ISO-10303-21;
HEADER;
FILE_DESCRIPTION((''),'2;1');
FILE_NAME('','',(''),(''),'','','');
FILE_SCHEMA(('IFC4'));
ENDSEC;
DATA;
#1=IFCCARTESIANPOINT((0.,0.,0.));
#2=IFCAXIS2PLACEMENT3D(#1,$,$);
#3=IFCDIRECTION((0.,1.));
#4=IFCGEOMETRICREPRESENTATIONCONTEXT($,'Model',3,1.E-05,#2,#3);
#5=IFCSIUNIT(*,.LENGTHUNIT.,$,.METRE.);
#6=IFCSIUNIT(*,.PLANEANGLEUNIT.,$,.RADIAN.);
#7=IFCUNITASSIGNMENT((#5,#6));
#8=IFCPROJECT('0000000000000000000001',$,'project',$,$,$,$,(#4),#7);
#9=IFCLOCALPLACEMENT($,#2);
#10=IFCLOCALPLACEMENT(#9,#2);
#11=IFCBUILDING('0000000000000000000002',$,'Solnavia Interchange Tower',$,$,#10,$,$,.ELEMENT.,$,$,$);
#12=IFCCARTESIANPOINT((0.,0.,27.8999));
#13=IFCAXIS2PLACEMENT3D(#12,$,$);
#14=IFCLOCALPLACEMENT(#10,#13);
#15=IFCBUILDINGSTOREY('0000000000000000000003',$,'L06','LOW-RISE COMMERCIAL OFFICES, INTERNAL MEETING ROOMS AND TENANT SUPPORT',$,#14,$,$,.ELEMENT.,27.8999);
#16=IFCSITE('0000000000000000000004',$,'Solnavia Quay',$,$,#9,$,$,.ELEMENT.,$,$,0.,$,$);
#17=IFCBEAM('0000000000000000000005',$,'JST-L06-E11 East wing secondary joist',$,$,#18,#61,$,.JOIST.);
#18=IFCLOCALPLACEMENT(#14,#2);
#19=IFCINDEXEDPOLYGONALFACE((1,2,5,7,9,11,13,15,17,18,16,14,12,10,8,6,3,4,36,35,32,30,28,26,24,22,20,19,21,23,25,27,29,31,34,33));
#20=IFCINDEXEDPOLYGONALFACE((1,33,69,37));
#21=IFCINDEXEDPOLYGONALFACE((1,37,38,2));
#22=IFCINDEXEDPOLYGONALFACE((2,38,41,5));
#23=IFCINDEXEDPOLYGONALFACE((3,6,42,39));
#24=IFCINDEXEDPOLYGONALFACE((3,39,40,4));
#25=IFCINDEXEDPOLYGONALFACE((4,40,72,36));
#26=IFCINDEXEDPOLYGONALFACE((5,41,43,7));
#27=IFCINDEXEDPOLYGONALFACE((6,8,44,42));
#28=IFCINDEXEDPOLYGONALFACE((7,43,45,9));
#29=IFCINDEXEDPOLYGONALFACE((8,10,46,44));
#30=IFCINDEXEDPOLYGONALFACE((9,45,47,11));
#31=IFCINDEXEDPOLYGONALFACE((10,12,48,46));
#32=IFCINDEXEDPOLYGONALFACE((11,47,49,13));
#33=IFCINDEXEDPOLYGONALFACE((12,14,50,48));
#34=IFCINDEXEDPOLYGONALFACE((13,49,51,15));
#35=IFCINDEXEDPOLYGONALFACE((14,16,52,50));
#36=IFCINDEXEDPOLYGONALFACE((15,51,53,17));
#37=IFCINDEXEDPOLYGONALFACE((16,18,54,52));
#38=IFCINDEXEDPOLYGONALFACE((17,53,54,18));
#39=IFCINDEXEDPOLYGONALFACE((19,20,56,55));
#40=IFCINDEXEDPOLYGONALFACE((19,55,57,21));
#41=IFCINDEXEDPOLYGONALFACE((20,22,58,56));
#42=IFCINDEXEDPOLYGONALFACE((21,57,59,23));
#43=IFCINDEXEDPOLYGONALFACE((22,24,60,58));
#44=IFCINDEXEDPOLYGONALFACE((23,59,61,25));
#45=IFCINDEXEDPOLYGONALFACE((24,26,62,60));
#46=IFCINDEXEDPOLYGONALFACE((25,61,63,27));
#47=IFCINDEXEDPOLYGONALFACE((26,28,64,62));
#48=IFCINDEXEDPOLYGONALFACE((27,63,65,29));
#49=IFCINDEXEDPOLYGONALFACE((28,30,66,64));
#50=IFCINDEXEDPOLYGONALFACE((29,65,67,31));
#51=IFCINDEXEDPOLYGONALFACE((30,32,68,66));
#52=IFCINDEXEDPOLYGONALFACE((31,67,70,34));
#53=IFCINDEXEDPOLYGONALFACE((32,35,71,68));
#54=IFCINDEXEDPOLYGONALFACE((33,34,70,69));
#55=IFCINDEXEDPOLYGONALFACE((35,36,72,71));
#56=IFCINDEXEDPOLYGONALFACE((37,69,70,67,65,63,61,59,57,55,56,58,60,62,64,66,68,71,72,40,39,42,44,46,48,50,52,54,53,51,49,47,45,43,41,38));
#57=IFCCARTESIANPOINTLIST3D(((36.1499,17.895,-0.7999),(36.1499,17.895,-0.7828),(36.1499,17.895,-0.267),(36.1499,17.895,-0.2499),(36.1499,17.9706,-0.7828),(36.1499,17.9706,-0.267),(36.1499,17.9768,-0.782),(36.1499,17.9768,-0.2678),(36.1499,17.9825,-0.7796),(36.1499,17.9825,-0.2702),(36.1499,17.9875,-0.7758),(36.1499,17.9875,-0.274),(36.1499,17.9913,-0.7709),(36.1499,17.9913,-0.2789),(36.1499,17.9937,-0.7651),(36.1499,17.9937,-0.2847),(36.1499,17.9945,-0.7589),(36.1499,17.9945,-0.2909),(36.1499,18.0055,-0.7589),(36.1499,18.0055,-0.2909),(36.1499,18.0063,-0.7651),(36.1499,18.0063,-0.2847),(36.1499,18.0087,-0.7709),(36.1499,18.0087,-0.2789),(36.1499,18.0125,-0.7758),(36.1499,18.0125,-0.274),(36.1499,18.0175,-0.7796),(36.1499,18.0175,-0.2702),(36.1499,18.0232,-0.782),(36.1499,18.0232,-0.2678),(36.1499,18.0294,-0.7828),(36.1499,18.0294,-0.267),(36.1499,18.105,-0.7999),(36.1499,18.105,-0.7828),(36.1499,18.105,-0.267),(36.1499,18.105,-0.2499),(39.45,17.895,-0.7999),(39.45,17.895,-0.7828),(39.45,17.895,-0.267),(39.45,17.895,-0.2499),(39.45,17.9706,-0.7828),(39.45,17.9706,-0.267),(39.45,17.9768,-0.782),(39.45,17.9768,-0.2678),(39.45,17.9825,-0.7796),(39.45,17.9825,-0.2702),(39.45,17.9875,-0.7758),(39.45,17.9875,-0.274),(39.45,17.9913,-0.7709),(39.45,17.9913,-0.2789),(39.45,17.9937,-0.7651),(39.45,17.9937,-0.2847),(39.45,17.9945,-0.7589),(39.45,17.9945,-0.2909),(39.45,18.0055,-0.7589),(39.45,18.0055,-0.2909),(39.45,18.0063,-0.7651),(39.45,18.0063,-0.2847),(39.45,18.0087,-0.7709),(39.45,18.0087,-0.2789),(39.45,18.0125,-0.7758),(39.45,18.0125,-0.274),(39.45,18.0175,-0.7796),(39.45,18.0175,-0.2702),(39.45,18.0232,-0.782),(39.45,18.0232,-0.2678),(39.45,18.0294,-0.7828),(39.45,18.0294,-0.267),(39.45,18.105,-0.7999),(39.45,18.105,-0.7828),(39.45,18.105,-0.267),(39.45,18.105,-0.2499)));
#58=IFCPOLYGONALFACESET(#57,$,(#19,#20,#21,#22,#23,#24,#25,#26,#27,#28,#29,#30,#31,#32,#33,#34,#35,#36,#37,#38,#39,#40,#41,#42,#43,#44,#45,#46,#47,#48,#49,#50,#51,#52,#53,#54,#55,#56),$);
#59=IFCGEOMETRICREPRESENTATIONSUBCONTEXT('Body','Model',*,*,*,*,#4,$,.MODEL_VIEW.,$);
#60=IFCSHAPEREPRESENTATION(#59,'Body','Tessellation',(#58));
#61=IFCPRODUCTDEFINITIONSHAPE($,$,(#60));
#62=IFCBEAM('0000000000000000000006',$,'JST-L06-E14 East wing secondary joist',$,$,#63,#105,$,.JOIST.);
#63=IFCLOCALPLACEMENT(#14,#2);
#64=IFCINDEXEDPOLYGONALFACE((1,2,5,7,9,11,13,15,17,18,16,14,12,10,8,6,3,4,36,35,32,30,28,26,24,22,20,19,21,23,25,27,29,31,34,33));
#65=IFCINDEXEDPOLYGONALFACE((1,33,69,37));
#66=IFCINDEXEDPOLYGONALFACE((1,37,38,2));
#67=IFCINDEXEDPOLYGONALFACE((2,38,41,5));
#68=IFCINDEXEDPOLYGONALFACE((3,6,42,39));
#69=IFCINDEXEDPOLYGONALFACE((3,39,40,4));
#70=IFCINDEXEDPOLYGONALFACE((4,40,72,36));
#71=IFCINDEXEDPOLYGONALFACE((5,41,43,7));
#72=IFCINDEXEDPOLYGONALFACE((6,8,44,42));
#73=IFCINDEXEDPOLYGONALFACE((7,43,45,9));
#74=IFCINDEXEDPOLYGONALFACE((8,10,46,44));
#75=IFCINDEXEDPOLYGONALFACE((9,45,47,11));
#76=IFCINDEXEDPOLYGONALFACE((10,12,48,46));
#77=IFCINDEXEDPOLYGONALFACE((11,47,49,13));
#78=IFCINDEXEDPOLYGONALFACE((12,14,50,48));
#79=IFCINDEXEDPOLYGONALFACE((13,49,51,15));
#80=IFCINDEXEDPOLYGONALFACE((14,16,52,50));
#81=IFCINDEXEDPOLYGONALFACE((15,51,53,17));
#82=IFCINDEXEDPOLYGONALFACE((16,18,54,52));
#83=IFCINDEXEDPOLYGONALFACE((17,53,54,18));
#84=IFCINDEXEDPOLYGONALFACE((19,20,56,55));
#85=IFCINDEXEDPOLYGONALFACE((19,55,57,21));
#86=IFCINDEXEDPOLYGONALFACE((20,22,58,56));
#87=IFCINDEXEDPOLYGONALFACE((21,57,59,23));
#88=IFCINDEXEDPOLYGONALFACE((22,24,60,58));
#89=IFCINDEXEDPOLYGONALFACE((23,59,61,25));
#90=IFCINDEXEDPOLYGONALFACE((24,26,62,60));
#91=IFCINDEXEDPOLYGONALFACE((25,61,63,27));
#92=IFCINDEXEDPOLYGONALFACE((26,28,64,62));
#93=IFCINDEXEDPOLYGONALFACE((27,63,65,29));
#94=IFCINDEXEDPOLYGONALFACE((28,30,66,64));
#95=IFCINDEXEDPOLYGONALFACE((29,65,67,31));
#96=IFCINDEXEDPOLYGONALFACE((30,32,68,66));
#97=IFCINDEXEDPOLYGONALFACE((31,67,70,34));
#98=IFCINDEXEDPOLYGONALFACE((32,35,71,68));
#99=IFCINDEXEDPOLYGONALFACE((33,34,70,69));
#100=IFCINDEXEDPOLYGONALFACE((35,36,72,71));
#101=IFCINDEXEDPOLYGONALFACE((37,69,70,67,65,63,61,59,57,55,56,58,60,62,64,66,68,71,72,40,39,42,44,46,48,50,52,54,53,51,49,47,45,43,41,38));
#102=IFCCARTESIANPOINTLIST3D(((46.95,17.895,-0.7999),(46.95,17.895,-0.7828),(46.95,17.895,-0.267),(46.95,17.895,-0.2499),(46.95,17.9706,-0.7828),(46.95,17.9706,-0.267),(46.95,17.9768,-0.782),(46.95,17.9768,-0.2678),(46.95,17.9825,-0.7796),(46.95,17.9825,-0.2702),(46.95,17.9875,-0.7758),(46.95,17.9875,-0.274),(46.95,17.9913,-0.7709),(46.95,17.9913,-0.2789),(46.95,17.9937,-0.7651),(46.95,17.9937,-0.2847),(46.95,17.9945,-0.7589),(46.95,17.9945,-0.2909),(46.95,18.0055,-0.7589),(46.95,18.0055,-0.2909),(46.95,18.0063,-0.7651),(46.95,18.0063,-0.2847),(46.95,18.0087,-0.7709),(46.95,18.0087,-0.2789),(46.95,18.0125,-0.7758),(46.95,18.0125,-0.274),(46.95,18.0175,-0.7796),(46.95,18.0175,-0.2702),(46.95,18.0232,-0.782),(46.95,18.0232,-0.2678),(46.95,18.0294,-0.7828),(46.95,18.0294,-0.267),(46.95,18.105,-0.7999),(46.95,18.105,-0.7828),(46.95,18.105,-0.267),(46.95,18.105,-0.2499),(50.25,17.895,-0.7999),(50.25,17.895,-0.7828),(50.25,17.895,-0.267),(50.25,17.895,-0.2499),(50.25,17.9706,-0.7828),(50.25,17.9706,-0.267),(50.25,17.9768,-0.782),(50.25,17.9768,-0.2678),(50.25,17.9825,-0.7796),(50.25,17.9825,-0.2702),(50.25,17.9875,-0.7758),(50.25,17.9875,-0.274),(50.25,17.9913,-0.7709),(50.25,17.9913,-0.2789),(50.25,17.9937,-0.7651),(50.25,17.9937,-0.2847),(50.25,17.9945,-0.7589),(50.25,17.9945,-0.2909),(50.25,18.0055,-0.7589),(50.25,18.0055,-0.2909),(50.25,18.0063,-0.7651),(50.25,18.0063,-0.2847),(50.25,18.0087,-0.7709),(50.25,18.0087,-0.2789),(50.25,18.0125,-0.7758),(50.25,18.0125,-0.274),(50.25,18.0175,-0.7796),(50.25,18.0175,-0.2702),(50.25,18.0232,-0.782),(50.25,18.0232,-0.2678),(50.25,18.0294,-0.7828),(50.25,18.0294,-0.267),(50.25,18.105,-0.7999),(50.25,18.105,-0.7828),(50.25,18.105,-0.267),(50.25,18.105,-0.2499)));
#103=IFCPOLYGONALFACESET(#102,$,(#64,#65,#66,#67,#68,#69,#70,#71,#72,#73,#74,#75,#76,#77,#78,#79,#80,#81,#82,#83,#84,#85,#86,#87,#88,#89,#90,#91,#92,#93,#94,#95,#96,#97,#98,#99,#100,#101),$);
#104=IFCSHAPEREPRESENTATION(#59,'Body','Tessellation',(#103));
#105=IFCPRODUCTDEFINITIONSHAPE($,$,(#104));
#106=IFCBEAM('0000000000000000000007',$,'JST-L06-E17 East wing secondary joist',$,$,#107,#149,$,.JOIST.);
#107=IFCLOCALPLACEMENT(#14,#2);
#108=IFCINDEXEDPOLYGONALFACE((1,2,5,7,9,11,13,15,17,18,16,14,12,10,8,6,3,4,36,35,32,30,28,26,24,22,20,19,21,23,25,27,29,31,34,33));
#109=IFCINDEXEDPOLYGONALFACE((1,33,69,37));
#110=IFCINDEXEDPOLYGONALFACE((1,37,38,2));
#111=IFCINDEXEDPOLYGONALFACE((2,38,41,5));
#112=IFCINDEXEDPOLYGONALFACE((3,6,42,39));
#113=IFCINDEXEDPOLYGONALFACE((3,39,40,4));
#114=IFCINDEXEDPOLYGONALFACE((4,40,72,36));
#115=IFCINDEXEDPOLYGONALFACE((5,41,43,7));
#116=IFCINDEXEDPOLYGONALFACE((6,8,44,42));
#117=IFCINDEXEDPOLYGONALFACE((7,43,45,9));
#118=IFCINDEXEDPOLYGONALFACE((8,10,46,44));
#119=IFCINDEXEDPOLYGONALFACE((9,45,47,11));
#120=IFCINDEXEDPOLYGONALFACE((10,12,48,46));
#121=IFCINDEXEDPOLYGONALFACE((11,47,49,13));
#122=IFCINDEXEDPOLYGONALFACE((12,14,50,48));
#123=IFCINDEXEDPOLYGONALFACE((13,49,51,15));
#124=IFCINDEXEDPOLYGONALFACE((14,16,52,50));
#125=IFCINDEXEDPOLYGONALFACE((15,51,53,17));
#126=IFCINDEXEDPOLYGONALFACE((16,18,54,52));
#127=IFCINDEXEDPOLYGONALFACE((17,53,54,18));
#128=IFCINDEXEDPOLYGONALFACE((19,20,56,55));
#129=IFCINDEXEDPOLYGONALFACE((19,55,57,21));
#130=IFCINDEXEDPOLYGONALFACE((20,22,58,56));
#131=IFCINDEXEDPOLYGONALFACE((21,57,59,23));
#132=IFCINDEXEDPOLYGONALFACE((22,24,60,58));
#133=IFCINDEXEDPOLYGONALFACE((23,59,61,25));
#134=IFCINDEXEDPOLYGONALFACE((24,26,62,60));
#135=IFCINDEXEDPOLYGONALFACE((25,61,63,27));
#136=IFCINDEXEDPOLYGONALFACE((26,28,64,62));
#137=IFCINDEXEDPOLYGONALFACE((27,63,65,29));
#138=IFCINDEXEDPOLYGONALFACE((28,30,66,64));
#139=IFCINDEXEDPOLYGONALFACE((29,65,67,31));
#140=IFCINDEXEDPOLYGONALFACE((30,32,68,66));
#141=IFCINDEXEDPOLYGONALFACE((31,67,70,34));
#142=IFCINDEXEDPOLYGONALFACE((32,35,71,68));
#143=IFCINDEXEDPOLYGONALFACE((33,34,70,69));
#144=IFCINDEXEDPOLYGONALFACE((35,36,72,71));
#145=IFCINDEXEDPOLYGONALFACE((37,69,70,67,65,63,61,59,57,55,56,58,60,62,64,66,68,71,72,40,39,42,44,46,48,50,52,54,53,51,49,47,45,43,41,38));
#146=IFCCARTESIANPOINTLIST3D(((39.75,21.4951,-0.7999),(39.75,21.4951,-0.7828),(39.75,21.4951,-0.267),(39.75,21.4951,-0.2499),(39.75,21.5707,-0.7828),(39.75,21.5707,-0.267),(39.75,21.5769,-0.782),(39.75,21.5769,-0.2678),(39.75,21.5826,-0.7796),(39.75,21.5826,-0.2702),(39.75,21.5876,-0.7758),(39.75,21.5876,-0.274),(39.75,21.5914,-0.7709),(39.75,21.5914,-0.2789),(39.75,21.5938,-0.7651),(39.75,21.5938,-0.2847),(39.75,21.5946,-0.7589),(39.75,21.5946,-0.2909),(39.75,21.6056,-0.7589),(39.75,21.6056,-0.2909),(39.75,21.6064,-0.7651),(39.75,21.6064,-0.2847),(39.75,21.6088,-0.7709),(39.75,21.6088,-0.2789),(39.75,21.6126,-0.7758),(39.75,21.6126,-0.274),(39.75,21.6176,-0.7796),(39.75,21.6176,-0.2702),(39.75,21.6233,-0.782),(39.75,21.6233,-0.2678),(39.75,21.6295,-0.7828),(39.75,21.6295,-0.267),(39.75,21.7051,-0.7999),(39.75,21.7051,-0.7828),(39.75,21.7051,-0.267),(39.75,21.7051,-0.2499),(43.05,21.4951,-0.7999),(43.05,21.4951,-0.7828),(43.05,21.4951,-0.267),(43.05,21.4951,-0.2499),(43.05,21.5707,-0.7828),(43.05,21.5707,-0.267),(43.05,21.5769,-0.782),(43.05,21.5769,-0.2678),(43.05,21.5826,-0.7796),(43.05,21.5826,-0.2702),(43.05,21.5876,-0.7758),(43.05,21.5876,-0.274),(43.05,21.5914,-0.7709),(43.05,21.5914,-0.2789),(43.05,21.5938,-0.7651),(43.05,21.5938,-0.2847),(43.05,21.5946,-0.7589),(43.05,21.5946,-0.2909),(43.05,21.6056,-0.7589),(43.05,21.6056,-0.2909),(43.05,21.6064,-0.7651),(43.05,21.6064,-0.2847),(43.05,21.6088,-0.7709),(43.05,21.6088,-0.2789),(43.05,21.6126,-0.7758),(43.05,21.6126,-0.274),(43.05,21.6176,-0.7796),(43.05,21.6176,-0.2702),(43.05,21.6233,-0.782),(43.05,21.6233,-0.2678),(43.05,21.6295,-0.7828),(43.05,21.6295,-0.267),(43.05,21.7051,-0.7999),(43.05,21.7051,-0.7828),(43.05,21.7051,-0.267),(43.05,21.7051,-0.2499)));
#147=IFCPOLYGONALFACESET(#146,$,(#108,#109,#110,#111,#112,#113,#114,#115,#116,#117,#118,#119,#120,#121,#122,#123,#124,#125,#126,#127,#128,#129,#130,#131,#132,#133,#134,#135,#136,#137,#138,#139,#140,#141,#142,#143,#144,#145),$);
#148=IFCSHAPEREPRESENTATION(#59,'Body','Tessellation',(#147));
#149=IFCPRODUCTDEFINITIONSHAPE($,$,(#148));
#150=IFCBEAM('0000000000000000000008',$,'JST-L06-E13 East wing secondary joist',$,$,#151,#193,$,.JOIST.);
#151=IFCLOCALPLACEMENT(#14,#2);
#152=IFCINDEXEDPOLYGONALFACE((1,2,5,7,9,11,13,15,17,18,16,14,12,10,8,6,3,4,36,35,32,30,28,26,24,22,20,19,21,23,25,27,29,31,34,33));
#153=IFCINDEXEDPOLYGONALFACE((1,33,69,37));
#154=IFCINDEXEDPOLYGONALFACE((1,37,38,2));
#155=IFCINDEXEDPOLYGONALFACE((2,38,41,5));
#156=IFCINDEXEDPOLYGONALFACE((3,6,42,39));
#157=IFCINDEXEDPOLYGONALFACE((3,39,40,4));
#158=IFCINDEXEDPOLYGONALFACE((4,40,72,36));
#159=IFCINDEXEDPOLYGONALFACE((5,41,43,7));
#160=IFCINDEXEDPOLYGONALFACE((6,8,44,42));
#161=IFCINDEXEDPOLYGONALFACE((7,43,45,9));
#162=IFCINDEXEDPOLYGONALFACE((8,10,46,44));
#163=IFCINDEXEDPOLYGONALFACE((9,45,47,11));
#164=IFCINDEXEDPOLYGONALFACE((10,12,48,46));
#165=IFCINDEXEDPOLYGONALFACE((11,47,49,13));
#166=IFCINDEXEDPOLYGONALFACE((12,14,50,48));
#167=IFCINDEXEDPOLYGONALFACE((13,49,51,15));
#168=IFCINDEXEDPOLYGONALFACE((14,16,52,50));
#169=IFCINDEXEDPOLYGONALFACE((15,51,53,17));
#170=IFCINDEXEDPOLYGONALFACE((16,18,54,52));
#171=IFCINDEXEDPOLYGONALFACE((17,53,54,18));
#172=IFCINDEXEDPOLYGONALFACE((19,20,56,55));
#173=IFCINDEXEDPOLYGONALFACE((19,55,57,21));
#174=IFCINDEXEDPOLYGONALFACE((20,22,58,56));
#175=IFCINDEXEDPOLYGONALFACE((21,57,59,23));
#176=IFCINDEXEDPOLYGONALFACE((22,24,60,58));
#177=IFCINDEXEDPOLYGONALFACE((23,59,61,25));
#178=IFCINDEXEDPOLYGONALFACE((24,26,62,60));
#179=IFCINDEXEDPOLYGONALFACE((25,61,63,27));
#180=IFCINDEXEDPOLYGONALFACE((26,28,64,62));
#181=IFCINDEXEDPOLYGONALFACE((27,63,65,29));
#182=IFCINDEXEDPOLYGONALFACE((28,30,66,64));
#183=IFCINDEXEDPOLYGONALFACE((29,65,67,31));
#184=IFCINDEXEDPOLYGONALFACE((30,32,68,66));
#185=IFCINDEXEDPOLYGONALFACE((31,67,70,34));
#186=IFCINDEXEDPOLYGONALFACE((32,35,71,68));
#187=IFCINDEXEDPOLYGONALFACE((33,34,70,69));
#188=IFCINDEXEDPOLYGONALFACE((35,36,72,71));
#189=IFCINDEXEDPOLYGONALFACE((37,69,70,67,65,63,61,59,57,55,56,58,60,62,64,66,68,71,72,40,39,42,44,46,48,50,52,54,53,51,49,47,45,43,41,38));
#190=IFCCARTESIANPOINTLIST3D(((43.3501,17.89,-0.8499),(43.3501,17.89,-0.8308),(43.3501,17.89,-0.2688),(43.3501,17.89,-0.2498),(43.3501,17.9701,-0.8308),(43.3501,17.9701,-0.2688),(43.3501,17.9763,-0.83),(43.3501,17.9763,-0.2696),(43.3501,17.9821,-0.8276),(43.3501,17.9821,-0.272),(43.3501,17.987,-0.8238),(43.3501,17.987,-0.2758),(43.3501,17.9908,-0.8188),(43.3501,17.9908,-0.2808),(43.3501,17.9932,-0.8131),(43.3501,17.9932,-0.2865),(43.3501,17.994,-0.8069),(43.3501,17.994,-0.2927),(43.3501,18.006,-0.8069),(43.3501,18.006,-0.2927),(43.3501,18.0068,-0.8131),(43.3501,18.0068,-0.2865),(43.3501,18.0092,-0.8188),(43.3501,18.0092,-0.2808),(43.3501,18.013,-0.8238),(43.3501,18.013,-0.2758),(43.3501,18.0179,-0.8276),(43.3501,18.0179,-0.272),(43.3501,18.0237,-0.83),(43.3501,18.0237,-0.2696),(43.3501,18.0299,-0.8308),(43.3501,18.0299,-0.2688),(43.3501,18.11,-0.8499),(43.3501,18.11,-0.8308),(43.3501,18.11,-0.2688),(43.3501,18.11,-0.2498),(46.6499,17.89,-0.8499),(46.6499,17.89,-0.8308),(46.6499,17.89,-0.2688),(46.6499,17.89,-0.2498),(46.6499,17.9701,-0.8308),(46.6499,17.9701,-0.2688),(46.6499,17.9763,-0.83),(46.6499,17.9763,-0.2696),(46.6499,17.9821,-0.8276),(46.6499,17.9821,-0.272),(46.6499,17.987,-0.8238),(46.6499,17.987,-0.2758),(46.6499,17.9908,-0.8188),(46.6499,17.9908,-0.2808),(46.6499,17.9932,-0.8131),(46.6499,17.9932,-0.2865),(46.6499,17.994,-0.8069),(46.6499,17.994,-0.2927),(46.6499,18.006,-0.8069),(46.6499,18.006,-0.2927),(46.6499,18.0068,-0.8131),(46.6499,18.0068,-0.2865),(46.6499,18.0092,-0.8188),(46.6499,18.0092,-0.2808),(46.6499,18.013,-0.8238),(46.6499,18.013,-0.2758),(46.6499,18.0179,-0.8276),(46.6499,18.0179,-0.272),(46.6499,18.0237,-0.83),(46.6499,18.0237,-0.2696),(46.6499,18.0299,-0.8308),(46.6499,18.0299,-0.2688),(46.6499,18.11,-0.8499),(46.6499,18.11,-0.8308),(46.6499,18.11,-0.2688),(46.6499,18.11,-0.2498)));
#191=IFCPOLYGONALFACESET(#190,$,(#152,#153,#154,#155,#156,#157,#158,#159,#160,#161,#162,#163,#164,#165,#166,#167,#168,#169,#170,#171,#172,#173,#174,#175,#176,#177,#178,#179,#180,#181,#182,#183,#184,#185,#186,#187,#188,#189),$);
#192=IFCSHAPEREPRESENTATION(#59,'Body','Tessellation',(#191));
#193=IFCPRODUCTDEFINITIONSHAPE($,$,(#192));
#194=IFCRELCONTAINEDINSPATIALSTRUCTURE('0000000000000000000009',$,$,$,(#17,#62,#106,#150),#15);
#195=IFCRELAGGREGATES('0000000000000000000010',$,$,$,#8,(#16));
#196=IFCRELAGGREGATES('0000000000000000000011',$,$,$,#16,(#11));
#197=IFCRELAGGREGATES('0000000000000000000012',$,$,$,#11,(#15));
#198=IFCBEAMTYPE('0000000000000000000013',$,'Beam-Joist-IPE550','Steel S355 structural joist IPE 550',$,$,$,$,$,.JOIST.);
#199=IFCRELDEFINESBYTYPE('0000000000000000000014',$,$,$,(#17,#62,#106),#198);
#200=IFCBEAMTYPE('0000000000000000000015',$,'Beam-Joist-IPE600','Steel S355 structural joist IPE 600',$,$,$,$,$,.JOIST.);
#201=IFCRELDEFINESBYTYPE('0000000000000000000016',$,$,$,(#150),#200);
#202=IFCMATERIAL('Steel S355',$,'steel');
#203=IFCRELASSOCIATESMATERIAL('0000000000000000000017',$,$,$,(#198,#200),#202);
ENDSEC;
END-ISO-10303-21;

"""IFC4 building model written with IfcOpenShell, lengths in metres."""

from ifc_helpers import new_model, si_unit, direction, frame, origin, origin_2d, place, context, subcontext, project, spatial, i_section, extrude, material, material_profile, profile_set, type_object, element, save


model = new_model("IFC4")

# Units and contexts
model_context = context("Model", 3, precision=1e-05, world=origin(), true_north=direction((0.0, 1.0)))
body_context = subcontext(model_context, "Body", "Model", "MODEL_VIEW")
ifc_project = project(units=[si_unit("LENGTHUNIT", "METRE"), si_unit("PLANEANGLEUNIT", "RADIAN")], contexts=[model_context])

# Site, building, storey
site_placement = place(None, origin())
site = spatial("IfcSite", under=ifc_project, at=site_placement, Name="Solnavia Quay", CompositionType="ELEMENT", RefElevation=0.0)
building_placement = place(site_placement, origin())
building = spatial("IfcBuilding", under=site, at=building_placement, Name="Solnavia Interchange Tower", CompositionType="ELEMENT")
storey_placement = place(building_placement, frame((0.0, 0.0, 27.8999)))
storey = spatial("IfcBuildingStorey", under=building, at=storey_placement, Name="L06", Description="LOW-RISE COMMERCIAL OFFICES, INTERNAL MEETING ROOMS AND TENANT SUPPORT", CompositionType="ELEMENT", Elevation=27.8999)

# Shared definitions
ifc_material_1 = material(Name="Steel S355", Category="steel")

# Beams
ifc_material_profile_1 = material_profile(ifc_material_1, i_section(OverallWidth=0.21, OverallDepth=0.55, WebThickness=0.011, FlangeThickness=0.0171, FilletRadius=0.0239, at=origin_2d()), Name="IPE 550")
ifc_profile_set_1 = profile_set([ifc_material_profile_1], Name="Steel S355")
beam_type_1 = type_object("IfcBeamType", Name="Beam-Joist-IPE550", Description="Steel S355 structural joist IPE 550", PredefinedType="JOIST", material=ifc_profile_set_1)
for number, where, z_axis, x_axis, name in (
    (1, (36.1499, 18.0, -0.5249), (1.0, 0.0, 0.0), (0.0, 1.0, 0.0), "JST-L06-E11 East wing secondary joist"),
    (2, (46.95, 18.0, -0.5249), (1.0, 0.0, 0.0), (0.0, 1.0, 0.0), "JST-L06-E14 East wing secondary joist"),
    (3, (39.75, 21.6001, -0.5249), (1.0, 0.0, 0.0), (0.0, 1.0, 0.0), "JST-L06-E17 East wing secondary joist"),
):
    element("IfcBeam", number, at=place(storey_placement, frame(where, z_axis=z_axis, x_axis=x_axis)), inside=storey, type_object=beam_type_1, Name=name, PredefinedType="JOIST", context=body_context, shape_type="SweptSolid", body=[
        extrude(i_section(OverallWidth=0.21, OverallDepth=0.55, WebThickness=0.011, FlangeThickness=0.0171, FilletRadius=0.0239, at=origin_2d()), origin(), (0.0, 0.0, 1.0), 3.3),
    ])
ifc_material_profile_2 = material_profile(ifc_material_1, i_section(OverallWidth=0.22, OverallDepth=0.6001, WebThickness=0.012, FlangeThickness=0.019, FilletRadius=0.0239, at=origin_2d()), Name="IPE 600")
ifc_profile_set_2 = profile_set([ifc_material_profile_2], Name="Steel S355")
beam_type_2 = type_object("IfcBeamType", Name="Beam-Joist-IPE600", Description="Steel S355 structural joist IPE 600", PredefinedType="JOIST", material=ifc_profile_set_2)
beam_1_placement = place(storey_placement, frame((43.3501, 18.0, -0.5498), z_axis=(1.0, 0.0, 0.0), x_axis=(0.0, 1.0, 0.0)))
element("IfcBeam", 4, at=beam_1_placement, inside=storey, type_object=beam_type_2, Name="JST-L06-E13 East wing secondary joist", PredefinedType="JOIST", context=body_context, shape_type="SweptSolid", body=[
    extrude(i_section(OverallWidth=0.22, OverallDepth=0.6001, WebThickness=0.012, FlangeThickness=0.019, FilletRadius=0.0239, at=origin_2d()), origin(), (0.0, 0.0, 1.0), 3.2998),
])

save(model, "model.ifc")
